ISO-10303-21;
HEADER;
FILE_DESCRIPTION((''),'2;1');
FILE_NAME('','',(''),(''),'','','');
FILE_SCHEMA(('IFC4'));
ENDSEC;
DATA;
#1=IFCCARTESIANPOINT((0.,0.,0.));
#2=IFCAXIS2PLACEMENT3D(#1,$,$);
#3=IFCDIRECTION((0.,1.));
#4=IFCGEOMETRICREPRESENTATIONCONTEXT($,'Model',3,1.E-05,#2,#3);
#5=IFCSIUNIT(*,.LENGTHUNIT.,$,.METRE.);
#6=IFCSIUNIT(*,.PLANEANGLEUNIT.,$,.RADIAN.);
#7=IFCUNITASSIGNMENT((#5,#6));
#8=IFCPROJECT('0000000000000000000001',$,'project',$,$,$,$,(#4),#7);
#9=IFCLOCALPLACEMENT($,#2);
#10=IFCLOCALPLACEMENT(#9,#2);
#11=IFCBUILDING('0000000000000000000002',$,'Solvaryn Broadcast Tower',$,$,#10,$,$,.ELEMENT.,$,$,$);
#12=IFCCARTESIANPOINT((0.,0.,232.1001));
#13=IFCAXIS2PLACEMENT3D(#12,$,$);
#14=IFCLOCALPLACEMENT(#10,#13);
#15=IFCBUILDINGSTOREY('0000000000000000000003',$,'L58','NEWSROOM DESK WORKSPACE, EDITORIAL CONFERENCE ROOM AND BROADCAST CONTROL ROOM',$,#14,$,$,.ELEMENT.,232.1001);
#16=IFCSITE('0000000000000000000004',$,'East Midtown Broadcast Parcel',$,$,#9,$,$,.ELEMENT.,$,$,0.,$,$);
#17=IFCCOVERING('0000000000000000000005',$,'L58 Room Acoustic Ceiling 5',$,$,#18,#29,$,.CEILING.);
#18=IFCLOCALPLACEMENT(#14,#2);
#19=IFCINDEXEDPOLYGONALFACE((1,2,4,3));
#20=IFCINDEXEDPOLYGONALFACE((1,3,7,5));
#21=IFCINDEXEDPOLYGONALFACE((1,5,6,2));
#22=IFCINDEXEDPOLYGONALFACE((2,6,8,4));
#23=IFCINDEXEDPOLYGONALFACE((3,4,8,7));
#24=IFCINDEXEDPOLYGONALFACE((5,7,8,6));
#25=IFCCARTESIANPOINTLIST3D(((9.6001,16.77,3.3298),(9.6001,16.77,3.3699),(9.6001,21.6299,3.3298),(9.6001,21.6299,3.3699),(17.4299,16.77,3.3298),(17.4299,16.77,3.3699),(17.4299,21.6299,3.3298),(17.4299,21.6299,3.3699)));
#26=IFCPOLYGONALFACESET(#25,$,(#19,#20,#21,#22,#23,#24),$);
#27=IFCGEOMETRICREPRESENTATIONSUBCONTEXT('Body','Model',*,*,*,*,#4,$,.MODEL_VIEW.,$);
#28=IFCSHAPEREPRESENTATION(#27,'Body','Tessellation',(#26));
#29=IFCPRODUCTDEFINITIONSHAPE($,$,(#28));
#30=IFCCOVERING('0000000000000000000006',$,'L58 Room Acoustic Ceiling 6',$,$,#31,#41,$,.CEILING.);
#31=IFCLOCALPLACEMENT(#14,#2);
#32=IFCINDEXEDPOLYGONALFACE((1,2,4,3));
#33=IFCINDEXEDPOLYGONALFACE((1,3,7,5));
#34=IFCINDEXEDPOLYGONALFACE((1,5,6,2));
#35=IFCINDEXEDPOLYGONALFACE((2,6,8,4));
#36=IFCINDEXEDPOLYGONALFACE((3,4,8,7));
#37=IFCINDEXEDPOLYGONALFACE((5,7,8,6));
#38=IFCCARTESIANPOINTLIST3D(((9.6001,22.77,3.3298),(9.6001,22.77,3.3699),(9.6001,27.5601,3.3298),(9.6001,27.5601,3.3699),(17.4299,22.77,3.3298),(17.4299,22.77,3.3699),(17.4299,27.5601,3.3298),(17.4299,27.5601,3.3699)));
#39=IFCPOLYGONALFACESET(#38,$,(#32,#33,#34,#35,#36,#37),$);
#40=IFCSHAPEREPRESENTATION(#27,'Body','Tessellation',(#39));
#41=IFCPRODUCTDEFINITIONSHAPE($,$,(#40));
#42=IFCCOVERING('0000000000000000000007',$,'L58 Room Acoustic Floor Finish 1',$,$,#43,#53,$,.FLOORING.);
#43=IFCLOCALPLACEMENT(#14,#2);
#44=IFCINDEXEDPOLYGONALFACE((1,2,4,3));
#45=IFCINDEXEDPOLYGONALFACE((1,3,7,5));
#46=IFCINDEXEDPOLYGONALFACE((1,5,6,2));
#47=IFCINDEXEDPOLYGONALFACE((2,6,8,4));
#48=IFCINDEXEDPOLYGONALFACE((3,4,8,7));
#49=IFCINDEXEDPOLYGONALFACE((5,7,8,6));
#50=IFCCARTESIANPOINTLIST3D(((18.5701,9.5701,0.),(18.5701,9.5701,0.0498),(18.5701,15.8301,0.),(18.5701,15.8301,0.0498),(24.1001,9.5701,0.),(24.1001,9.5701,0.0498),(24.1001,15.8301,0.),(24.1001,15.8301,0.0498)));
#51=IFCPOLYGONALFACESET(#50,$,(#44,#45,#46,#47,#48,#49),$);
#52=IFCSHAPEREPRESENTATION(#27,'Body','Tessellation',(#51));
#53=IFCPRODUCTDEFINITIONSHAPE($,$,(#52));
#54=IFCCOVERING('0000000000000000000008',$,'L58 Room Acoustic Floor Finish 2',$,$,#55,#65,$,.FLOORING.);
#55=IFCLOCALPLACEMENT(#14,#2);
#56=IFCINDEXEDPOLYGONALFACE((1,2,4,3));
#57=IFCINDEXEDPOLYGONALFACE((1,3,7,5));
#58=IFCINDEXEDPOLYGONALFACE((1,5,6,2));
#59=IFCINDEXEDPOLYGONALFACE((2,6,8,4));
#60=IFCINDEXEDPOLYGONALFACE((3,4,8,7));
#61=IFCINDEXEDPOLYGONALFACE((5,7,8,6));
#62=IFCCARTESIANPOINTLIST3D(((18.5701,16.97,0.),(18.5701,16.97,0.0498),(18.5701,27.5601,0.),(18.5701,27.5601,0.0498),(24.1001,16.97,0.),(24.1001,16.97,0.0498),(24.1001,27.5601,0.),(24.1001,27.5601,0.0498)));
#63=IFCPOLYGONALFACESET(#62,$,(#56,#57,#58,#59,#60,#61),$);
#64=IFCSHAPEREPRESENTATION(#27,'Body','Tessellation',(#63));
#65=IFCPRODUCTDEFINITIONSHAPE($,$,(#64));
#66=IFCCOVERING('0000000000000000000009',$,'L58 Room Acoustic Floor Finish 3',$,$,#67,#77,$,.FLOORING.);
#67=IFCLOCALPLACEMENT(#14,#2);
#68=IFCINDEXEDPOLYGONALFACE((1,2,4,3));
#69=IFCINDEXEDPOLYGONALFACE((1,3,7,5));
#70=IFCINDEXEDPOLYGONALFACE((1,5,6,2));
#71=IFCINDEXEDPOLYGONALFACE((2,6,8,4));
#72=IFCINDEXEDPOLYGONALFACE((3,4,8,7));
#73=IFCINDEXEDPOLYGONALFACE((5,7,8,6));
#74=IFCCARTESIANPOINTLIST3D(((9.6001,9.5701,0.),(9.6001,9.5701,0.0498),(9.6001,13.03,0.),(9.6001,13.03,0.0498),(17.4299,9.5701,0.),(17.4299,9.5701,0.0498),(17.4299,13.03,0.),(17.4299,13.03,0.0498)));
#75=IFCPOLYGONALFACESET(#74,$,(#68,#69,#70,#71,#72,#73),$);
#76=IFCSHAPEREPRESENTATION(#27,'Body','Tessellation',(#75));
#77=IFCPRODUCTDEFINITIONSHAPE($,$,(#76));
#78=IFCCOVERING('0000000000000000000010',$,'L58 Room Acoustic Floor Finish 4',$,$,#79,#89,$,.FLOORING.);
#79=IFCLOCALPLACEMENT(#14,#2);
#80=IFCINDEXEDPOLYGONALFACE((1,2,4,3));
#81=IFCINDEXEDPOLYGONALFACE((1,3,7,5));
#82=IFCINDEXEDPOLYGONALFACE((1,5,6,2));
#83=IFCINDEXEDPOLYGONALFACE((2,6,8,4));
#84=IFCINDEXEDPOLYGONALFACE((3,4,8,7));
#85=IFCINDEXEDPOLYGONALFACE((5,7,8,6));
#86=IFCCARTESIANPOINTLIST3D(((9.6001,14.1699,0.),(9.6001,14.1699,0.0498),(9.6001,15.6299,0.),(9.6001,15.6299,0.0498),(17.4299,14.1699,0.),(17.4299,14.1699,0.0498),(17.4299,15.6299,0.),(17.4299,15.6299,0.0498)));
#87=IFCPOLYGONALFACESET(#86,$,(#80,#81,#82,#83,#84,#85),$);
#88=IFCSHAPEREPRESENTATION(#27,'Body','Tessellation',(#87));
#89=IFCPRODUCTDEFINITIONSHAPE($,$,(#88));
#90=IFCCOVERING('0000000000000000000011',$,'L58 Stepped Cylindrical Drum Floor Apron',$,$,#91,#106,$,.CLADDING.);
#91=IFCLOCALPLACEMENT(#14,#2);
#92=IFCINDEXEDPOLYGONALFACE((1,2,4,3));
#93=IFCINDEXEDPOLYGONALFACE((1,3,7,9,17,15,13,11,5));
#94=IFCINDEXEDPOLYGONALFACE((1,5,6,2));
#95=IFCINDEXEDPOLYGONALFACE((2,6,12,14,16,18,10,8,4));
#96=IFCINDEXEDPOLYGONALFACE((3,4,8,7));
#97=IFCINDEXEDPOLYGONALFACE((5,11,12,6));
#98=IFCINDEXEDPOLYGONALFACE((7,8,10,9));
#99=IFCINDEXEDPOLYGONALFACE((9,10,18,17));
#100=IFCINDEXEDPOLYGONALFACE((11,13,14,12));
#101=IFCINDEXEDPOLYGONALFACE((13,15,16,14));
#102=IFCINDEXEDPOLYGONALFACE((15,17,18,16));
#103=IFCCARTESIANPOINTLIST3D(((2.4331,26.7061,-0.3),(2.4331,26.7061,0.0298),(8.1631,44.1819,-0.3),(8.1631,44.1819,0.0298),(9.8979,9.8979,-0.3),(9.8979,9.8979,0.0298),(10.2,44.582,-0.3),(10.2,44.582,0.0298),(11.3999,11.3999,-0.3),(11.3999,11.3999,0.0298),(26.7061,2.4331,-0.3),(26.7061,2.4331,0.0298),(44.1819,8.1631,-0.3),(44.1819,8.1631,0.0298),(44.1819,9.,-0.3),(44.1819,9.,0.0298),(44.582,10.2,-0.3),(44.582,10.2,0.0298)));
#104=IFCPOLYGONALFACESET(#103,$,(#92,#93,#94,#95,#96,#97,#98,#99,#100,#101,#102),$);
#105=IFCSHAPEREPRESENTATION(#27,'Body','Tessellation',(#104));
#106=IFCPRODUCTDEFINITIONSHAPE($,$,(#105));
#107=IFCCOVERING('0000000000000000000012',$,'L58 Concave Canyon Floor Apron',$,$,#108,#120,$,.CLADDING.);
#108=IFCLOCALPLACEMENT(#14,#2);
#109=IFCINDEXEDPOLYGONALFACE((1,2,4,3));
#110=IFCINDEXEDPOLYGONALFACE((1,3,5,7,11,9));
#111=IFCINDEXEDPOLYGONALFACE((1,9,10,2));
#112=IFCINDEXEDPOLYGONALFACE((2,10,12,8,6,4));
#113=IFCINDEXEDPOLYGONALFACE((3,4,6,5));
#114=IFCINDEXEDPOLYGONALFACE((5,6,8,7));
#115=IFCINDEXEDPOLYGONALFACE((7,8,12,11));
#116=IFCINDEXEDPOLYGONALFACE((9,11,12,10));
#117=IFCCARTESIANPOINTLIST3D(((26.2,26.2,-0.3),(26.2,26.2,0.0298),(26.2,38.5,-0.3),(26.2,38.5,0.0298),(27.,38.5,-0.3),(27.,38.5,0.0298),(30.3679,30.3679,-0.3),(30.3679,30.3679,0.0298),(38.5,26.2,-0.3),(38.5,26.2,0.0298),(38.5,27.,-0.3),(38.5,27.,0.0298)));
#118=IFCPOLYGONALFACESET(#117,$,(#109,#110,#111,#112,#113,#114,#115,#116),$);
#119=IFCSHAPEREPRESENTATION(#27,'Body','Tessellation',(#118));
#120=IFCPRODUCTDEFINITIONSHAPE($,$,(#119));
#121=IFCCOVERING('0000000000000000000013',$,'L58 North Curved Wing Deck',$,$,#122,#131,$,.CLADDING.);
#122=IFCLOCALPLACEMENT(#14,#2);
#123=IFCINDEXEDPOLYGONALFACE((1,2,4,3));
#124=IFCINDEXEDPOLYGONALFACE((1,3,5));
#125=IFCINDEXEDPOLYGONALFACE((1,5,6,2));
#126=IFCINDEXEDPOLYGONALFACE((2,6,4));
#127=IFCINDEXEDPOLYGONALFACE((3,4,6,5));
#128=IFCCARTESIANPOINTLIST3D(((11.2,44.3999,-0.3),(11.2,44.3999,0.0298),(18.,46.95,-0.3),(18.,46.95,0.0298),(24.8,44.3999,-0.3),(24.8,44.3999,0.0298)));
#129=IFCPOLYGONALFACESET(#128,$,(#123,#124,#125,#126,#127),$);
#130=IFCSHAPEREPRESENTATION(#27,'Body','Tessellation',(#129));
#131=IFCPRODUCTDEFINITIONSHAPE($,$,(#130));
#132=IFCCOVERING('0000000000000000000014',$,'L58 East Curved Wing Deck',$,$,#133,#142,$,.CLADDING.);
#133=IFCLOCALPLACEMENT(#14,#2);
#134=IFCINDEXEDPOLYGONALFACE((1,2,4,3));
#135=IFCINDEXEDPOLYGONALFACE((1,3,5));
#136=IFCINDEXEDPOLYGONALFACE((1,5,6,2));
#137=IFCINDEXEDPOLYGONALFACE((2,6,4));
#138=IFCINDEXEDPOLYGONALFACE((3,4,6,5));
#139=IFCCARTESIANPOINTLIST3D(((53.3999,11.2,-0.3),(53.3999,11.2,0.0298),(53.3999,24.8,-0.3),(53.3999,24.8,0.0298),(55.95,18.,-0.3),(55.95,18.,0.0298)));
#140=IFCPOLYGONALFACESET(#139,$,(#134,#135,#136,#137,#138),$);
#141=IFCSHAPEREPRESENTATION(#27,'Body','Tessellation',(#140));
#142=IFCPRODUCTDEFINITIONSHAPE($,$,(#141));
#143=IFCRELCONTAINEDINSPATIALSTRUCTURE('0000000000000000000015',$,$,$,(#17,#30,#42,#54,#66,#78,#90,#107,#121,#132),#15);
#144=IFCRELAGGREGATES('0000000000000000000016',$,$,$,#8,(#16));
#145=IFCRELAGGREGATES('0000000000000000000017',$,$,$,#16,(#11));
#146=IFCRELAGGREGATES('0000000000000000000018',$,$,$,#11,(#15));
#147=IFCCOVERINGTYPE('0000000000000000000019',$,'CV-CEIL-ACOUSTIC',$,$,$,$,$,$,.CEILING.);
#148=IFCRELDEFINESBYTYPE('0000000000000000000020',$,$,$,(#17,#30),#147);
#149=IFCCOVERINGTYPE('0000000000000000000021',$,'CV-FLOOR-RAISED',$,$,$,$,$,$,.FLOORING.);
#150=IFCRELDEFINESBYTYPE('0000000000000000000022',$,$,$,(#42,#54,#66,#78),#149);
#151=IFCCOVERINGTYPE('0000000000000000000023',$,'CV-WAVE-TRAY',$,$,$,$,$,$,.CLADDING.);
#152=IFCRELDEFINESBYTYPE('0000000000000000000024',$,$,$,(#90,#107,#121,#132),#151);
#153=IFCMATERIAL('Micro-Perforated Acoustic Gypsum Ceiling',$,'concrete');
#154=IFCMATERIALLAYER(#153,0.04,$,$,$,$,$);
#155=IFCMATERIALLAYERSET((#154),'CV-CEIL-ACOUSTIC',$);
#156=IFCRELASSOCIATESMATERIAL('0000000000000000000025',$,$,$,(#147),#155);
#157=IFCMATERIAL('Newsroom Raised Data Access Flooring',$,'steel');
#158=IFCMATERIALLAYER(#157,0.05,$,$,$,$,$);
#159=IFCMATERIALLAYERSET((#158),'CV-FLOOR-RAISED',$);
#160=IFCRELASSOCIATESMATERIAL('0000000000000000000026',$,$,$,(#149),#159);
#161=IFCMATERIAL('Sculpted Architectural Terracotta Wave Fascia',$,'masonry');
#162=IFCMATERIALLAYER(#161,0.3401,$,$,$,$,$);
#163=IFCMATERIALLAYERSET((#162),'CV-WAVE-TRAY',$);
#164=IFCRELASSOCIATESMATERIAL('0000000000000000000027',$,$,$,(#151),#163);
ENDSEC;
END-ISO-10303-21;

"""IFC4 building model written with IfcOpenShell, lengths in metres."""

from ifc_helpers import new_model, si_unit, direction, frame, origin, place, context, subcontext, project, spatial, polyline, outline, extrude, material, layer, layer_set, type_object, element, save


model = new_model("IFC4")

# Units and contexts
model_context = context("Model", 3, precision=1e-05, world=origin(), true_north=direction((0.0, 1.0)))
body_context = subcontext(model_context, "Body", "Model", "MODEL_VIEW")
ifc_project = project(units=[si_unit("LENGTHUNIT", "METRE"), si_unit("PLANEANGLEUNIT", "RADIAN")], contexts=[model_context])

# Site, building, storey
site_placement = place(None, origin())
site = spatial("IfcSite", under=ifc_project, at=site_placement, Name="East Midtown Broadcast Parcel", CompositionType="ELEMENT", RefElevation=0.0)
building_placement = place(site_placement, origin())
building = spatial("IfcBuilding", under=site, at=building_placement, Name="Solvaryn Broadcast Tower", CompositionType="ELEMENT")
storey_placement = place(building_placement, frame((0.0, 0.0, 232.1001)))
storey = spatial("IfcBuildingStorey", under=building, at=storey_placement, Name="L58", Description="NEWSROOM DESK WORKSPACE, EDITORIAL CONFERENCE ROOM AND BROADCAST CONTROL ROOM", CompositionType="ELEMENT", Elevation=232.1001)

# Coverings
ifc_material_1 = material(Name="Micro-Perforated Acoustic Gypsum Ceiling", Category="concrete")
ifc_layer_1 = layer(ifc_material_1, 0.04)
ifc_layer_set_1 = layer_set([ifc_layer_1], Name="CV-CEIL-ACOUSTIC")
covering_type_1 = type_object("IfcCoveringType", Name="CV-CEIL-ACOUSTIC", PredefinedType="CEILING", material=ifc_layer_set_1)
covering_1_placement = place(storey_placement, frame((0.0, 0.0, 3.3298)))
element("IfcCovering", 1, at=covering_1_placement, inside=storey, type_object=covering_type_1, Name="L58 Room Acoustic Ceiling 5", PredefinedType="CEILING", context=body_context, shape_type="SweptSolid", body=[
    extrude(outline(polyline([(9.6001, 16.77), (17.4299, 16.77), (17.4299, 21.6299), (9.6001, 21.6299), (9.6001, 16.77)])), origin(), (0.0, 0.0, 1.0), 0.04),
])
covering_2_placement = place(storey_placement, frame((0.0, 0.0, 3.3298)))
element("IfcCovering", 2, at=covering_2_placement, inside=storey, type_object=covering_type_1, Name="L58 Room Acoustic Ceiling 6", PredefinedType="CEILING", context=body_context, shape_type="SweptSolid", body=[
    extrude(outline(polyline([(9.6001, 22.77), (17.4299, 22.77), (17.4299, 27.5601), (9.6001, 27.5601), (9.6001, 22.77)])), origin(), (0.0, 0.0, 1.0), 0.04),
])
ifc_material_2 = material(Name="Newsroom Raised Data Access Flooring", Category="steel")
ifc_layer_2 = layer(ifc_material_2, 0.05)
ifc_layer_set_2 = layer_set([ifc_layer_2], Name="CV-FLOOR-RAISED")
covering_type_2 = type_object("IfcCoveringType", Name="CV-FLOOR-RAISED", PredefinedType="FLOORING", material=ifc_layer_set_2)
covering_3_placement = place(storey_placement, origin())
element("IfcCovering", 3, at=covering_3_placement, inside=storey, type_object=covering_type_2, Name="L58 Room Acoustic Floor Finish 1", PredefinedType="FLOORING", context=body_context, shape_type="SweptSolid", body=[
    extrude(outline(polyline([(18.5701, 9.5701), (24.1001, 9.5701), (24.1001, 15.8301), (18.5701, 15.8301), (18.5701, 9.5701)])), origin(), (0.0, 0.0, 1.0), 0.0498),
])
covering_4_placement = place(storey_placement, origin())
element("IfcCovering", 4, at=covering_4_placement, inside=storey, type_object=covering_type_2, Name="L58 Room Acoustic Floor Finish 2", PredefinedType="FLOORING", context=body_context, shape_type="SweptSolid", body=[
    extrude(outline(polyline([(18.5701, 16.97), (24.1001, 16.97), (24.1001, 27.5601), (18.5701, 27.5601), (18.5701, 16.97)])), origin(), (0.0, 0.0, 1.0), 0.0498),
])
covering_5_placement = place(storey_placement, origin())
element("IfcCovering", 5, at=covering_5_placement, inside=storey, type_object=covering_type_2, Name="L58 Room Acoustic Floor Finish 3", PredefinedType="FLOORING", context=body_context, shape_type="SweptSolid", body=[
    extrude(outline(polyline([(9.6001, 9.5701), (17.4299, 9.5701), (17.4299, 13.03), (9.6001, 13.03), (9.6001, 9.5701)])), origin(), (0.0, 0.0, 1.0), 0.0498),
])
covering_6_placement = place(storey_placement, origin())
element("IfcCovering", 6, at=covering_6_placement, inside=storey, type_object=covering_type_2, Name="L58 Room Acoustic Floor Finish 4", PredefinedType="FLOORING", context=body_context, shape_type="SweptSolid", body=[
    extrude(outline(polyline([(9.6001, 14.1699), (17.4299, 14.1699), (17.4299, 15.6299), (9.6001, 15.6299), (9.6001, 14.1699)])), origin(), (0.0, 0.0, 1.0), 0.0498),
])
ifc_material_3 = material(Name="Sculpted Architectural Terracotta Wave Fascia", Category="masonry")
ifc_layer_3 = layer(ifc_material_3, 0.3401)
ifc_layer_set_3 = layer_set([ifc_layer_3], Name="CV-WAVE-TRAY")
covering_type_3 = type_object("IfcCoveringType", Name="CV-WAVE-TRAY", PredefinedType="CLADDING", material=ifc_layer_set_3)
covering_7_placement = place(storey_placement, frame((0.0, 0.0, -0.3)))
element("IfcCovering", 7, at=covering_7_placement, inside=storey, type_object=covering_type_3, Name="L58 Stepped Cylindrical Drum Floor Apron", PredefinedType="CLADDING", context=body_context, shape_type="SweptSolid", body=[
    extrude(outline(polyline([(10.2, 44.582), (8.1631, 44.1819), (2.4331, 26.7061), (9.8979, 9.8979), (26.7061, 2.4331), (44.1819, 8.1631), (44.1819, 9.0), (44.582, 10.2), (11.3999, 11.3999), (10.2, 44.582)])), origin(), (0.0, 0.0, 1.0), 0.3298),
])
covering_8_placement = place(storey_placement, frame((0.0, 0.0, -0.3)))
element("IfcCovering", 8, at=covering_8_placement, inside=storey, type_object=covering_type_3, Name="L58 Concave Canyon Floor Apron", PredefinedType="CLADDING", context=body_context, shape_type="SweptSolid", body=[
    extrude(outline(polyline([(26.2, 26.2), (38.5, 26.2), (38.5, 27.0), (30.3679, 30.3679), (27.0, 38.5), (26.2, 38.5), (26.2, 26.2)])), origin(), (0.0, 0.0, 1.0), 0.3298),
])
covering_9_placement = place(storey_placement, frame((0.0, 0.0, -0.3)))
element("IfcCovering", 9, at=covering_9_placement, inside=storey, type_object=covering_type_3, Name="L58 North Curved Wing Deck", PredefinedType="CLADDING", context=body_context, shape_type="SweptSolid", body=[
    extrude(outline(polyline([(11.2, 44.3999), (24.8, 44.3999), (18.0, 46.95), (11.2, 44.3999)])), origin(), (0.0, 0.0, 1.0), 0.3298),
])
covering_10_placement = place(storey_placement, frame((0.0, 0.0, -0.3)))
element("IfcCovering", 10, at=covering_10_placement, inside=storey, type_object=covering_type_3, Name="L58 East Curved Wing Deck", PredefinedType="CLADDING", context=body_context, shape_type="SweptSolid", body=[
    extrude(outline(polyline([(53.3999, 11.2), (55.95, 18.0), (53.3999, 24.8), (53.3999, 11.2)])), origin(), (0.0, 0.0, 1.0), 0.3298),
])

save(model, "model.ifc")
